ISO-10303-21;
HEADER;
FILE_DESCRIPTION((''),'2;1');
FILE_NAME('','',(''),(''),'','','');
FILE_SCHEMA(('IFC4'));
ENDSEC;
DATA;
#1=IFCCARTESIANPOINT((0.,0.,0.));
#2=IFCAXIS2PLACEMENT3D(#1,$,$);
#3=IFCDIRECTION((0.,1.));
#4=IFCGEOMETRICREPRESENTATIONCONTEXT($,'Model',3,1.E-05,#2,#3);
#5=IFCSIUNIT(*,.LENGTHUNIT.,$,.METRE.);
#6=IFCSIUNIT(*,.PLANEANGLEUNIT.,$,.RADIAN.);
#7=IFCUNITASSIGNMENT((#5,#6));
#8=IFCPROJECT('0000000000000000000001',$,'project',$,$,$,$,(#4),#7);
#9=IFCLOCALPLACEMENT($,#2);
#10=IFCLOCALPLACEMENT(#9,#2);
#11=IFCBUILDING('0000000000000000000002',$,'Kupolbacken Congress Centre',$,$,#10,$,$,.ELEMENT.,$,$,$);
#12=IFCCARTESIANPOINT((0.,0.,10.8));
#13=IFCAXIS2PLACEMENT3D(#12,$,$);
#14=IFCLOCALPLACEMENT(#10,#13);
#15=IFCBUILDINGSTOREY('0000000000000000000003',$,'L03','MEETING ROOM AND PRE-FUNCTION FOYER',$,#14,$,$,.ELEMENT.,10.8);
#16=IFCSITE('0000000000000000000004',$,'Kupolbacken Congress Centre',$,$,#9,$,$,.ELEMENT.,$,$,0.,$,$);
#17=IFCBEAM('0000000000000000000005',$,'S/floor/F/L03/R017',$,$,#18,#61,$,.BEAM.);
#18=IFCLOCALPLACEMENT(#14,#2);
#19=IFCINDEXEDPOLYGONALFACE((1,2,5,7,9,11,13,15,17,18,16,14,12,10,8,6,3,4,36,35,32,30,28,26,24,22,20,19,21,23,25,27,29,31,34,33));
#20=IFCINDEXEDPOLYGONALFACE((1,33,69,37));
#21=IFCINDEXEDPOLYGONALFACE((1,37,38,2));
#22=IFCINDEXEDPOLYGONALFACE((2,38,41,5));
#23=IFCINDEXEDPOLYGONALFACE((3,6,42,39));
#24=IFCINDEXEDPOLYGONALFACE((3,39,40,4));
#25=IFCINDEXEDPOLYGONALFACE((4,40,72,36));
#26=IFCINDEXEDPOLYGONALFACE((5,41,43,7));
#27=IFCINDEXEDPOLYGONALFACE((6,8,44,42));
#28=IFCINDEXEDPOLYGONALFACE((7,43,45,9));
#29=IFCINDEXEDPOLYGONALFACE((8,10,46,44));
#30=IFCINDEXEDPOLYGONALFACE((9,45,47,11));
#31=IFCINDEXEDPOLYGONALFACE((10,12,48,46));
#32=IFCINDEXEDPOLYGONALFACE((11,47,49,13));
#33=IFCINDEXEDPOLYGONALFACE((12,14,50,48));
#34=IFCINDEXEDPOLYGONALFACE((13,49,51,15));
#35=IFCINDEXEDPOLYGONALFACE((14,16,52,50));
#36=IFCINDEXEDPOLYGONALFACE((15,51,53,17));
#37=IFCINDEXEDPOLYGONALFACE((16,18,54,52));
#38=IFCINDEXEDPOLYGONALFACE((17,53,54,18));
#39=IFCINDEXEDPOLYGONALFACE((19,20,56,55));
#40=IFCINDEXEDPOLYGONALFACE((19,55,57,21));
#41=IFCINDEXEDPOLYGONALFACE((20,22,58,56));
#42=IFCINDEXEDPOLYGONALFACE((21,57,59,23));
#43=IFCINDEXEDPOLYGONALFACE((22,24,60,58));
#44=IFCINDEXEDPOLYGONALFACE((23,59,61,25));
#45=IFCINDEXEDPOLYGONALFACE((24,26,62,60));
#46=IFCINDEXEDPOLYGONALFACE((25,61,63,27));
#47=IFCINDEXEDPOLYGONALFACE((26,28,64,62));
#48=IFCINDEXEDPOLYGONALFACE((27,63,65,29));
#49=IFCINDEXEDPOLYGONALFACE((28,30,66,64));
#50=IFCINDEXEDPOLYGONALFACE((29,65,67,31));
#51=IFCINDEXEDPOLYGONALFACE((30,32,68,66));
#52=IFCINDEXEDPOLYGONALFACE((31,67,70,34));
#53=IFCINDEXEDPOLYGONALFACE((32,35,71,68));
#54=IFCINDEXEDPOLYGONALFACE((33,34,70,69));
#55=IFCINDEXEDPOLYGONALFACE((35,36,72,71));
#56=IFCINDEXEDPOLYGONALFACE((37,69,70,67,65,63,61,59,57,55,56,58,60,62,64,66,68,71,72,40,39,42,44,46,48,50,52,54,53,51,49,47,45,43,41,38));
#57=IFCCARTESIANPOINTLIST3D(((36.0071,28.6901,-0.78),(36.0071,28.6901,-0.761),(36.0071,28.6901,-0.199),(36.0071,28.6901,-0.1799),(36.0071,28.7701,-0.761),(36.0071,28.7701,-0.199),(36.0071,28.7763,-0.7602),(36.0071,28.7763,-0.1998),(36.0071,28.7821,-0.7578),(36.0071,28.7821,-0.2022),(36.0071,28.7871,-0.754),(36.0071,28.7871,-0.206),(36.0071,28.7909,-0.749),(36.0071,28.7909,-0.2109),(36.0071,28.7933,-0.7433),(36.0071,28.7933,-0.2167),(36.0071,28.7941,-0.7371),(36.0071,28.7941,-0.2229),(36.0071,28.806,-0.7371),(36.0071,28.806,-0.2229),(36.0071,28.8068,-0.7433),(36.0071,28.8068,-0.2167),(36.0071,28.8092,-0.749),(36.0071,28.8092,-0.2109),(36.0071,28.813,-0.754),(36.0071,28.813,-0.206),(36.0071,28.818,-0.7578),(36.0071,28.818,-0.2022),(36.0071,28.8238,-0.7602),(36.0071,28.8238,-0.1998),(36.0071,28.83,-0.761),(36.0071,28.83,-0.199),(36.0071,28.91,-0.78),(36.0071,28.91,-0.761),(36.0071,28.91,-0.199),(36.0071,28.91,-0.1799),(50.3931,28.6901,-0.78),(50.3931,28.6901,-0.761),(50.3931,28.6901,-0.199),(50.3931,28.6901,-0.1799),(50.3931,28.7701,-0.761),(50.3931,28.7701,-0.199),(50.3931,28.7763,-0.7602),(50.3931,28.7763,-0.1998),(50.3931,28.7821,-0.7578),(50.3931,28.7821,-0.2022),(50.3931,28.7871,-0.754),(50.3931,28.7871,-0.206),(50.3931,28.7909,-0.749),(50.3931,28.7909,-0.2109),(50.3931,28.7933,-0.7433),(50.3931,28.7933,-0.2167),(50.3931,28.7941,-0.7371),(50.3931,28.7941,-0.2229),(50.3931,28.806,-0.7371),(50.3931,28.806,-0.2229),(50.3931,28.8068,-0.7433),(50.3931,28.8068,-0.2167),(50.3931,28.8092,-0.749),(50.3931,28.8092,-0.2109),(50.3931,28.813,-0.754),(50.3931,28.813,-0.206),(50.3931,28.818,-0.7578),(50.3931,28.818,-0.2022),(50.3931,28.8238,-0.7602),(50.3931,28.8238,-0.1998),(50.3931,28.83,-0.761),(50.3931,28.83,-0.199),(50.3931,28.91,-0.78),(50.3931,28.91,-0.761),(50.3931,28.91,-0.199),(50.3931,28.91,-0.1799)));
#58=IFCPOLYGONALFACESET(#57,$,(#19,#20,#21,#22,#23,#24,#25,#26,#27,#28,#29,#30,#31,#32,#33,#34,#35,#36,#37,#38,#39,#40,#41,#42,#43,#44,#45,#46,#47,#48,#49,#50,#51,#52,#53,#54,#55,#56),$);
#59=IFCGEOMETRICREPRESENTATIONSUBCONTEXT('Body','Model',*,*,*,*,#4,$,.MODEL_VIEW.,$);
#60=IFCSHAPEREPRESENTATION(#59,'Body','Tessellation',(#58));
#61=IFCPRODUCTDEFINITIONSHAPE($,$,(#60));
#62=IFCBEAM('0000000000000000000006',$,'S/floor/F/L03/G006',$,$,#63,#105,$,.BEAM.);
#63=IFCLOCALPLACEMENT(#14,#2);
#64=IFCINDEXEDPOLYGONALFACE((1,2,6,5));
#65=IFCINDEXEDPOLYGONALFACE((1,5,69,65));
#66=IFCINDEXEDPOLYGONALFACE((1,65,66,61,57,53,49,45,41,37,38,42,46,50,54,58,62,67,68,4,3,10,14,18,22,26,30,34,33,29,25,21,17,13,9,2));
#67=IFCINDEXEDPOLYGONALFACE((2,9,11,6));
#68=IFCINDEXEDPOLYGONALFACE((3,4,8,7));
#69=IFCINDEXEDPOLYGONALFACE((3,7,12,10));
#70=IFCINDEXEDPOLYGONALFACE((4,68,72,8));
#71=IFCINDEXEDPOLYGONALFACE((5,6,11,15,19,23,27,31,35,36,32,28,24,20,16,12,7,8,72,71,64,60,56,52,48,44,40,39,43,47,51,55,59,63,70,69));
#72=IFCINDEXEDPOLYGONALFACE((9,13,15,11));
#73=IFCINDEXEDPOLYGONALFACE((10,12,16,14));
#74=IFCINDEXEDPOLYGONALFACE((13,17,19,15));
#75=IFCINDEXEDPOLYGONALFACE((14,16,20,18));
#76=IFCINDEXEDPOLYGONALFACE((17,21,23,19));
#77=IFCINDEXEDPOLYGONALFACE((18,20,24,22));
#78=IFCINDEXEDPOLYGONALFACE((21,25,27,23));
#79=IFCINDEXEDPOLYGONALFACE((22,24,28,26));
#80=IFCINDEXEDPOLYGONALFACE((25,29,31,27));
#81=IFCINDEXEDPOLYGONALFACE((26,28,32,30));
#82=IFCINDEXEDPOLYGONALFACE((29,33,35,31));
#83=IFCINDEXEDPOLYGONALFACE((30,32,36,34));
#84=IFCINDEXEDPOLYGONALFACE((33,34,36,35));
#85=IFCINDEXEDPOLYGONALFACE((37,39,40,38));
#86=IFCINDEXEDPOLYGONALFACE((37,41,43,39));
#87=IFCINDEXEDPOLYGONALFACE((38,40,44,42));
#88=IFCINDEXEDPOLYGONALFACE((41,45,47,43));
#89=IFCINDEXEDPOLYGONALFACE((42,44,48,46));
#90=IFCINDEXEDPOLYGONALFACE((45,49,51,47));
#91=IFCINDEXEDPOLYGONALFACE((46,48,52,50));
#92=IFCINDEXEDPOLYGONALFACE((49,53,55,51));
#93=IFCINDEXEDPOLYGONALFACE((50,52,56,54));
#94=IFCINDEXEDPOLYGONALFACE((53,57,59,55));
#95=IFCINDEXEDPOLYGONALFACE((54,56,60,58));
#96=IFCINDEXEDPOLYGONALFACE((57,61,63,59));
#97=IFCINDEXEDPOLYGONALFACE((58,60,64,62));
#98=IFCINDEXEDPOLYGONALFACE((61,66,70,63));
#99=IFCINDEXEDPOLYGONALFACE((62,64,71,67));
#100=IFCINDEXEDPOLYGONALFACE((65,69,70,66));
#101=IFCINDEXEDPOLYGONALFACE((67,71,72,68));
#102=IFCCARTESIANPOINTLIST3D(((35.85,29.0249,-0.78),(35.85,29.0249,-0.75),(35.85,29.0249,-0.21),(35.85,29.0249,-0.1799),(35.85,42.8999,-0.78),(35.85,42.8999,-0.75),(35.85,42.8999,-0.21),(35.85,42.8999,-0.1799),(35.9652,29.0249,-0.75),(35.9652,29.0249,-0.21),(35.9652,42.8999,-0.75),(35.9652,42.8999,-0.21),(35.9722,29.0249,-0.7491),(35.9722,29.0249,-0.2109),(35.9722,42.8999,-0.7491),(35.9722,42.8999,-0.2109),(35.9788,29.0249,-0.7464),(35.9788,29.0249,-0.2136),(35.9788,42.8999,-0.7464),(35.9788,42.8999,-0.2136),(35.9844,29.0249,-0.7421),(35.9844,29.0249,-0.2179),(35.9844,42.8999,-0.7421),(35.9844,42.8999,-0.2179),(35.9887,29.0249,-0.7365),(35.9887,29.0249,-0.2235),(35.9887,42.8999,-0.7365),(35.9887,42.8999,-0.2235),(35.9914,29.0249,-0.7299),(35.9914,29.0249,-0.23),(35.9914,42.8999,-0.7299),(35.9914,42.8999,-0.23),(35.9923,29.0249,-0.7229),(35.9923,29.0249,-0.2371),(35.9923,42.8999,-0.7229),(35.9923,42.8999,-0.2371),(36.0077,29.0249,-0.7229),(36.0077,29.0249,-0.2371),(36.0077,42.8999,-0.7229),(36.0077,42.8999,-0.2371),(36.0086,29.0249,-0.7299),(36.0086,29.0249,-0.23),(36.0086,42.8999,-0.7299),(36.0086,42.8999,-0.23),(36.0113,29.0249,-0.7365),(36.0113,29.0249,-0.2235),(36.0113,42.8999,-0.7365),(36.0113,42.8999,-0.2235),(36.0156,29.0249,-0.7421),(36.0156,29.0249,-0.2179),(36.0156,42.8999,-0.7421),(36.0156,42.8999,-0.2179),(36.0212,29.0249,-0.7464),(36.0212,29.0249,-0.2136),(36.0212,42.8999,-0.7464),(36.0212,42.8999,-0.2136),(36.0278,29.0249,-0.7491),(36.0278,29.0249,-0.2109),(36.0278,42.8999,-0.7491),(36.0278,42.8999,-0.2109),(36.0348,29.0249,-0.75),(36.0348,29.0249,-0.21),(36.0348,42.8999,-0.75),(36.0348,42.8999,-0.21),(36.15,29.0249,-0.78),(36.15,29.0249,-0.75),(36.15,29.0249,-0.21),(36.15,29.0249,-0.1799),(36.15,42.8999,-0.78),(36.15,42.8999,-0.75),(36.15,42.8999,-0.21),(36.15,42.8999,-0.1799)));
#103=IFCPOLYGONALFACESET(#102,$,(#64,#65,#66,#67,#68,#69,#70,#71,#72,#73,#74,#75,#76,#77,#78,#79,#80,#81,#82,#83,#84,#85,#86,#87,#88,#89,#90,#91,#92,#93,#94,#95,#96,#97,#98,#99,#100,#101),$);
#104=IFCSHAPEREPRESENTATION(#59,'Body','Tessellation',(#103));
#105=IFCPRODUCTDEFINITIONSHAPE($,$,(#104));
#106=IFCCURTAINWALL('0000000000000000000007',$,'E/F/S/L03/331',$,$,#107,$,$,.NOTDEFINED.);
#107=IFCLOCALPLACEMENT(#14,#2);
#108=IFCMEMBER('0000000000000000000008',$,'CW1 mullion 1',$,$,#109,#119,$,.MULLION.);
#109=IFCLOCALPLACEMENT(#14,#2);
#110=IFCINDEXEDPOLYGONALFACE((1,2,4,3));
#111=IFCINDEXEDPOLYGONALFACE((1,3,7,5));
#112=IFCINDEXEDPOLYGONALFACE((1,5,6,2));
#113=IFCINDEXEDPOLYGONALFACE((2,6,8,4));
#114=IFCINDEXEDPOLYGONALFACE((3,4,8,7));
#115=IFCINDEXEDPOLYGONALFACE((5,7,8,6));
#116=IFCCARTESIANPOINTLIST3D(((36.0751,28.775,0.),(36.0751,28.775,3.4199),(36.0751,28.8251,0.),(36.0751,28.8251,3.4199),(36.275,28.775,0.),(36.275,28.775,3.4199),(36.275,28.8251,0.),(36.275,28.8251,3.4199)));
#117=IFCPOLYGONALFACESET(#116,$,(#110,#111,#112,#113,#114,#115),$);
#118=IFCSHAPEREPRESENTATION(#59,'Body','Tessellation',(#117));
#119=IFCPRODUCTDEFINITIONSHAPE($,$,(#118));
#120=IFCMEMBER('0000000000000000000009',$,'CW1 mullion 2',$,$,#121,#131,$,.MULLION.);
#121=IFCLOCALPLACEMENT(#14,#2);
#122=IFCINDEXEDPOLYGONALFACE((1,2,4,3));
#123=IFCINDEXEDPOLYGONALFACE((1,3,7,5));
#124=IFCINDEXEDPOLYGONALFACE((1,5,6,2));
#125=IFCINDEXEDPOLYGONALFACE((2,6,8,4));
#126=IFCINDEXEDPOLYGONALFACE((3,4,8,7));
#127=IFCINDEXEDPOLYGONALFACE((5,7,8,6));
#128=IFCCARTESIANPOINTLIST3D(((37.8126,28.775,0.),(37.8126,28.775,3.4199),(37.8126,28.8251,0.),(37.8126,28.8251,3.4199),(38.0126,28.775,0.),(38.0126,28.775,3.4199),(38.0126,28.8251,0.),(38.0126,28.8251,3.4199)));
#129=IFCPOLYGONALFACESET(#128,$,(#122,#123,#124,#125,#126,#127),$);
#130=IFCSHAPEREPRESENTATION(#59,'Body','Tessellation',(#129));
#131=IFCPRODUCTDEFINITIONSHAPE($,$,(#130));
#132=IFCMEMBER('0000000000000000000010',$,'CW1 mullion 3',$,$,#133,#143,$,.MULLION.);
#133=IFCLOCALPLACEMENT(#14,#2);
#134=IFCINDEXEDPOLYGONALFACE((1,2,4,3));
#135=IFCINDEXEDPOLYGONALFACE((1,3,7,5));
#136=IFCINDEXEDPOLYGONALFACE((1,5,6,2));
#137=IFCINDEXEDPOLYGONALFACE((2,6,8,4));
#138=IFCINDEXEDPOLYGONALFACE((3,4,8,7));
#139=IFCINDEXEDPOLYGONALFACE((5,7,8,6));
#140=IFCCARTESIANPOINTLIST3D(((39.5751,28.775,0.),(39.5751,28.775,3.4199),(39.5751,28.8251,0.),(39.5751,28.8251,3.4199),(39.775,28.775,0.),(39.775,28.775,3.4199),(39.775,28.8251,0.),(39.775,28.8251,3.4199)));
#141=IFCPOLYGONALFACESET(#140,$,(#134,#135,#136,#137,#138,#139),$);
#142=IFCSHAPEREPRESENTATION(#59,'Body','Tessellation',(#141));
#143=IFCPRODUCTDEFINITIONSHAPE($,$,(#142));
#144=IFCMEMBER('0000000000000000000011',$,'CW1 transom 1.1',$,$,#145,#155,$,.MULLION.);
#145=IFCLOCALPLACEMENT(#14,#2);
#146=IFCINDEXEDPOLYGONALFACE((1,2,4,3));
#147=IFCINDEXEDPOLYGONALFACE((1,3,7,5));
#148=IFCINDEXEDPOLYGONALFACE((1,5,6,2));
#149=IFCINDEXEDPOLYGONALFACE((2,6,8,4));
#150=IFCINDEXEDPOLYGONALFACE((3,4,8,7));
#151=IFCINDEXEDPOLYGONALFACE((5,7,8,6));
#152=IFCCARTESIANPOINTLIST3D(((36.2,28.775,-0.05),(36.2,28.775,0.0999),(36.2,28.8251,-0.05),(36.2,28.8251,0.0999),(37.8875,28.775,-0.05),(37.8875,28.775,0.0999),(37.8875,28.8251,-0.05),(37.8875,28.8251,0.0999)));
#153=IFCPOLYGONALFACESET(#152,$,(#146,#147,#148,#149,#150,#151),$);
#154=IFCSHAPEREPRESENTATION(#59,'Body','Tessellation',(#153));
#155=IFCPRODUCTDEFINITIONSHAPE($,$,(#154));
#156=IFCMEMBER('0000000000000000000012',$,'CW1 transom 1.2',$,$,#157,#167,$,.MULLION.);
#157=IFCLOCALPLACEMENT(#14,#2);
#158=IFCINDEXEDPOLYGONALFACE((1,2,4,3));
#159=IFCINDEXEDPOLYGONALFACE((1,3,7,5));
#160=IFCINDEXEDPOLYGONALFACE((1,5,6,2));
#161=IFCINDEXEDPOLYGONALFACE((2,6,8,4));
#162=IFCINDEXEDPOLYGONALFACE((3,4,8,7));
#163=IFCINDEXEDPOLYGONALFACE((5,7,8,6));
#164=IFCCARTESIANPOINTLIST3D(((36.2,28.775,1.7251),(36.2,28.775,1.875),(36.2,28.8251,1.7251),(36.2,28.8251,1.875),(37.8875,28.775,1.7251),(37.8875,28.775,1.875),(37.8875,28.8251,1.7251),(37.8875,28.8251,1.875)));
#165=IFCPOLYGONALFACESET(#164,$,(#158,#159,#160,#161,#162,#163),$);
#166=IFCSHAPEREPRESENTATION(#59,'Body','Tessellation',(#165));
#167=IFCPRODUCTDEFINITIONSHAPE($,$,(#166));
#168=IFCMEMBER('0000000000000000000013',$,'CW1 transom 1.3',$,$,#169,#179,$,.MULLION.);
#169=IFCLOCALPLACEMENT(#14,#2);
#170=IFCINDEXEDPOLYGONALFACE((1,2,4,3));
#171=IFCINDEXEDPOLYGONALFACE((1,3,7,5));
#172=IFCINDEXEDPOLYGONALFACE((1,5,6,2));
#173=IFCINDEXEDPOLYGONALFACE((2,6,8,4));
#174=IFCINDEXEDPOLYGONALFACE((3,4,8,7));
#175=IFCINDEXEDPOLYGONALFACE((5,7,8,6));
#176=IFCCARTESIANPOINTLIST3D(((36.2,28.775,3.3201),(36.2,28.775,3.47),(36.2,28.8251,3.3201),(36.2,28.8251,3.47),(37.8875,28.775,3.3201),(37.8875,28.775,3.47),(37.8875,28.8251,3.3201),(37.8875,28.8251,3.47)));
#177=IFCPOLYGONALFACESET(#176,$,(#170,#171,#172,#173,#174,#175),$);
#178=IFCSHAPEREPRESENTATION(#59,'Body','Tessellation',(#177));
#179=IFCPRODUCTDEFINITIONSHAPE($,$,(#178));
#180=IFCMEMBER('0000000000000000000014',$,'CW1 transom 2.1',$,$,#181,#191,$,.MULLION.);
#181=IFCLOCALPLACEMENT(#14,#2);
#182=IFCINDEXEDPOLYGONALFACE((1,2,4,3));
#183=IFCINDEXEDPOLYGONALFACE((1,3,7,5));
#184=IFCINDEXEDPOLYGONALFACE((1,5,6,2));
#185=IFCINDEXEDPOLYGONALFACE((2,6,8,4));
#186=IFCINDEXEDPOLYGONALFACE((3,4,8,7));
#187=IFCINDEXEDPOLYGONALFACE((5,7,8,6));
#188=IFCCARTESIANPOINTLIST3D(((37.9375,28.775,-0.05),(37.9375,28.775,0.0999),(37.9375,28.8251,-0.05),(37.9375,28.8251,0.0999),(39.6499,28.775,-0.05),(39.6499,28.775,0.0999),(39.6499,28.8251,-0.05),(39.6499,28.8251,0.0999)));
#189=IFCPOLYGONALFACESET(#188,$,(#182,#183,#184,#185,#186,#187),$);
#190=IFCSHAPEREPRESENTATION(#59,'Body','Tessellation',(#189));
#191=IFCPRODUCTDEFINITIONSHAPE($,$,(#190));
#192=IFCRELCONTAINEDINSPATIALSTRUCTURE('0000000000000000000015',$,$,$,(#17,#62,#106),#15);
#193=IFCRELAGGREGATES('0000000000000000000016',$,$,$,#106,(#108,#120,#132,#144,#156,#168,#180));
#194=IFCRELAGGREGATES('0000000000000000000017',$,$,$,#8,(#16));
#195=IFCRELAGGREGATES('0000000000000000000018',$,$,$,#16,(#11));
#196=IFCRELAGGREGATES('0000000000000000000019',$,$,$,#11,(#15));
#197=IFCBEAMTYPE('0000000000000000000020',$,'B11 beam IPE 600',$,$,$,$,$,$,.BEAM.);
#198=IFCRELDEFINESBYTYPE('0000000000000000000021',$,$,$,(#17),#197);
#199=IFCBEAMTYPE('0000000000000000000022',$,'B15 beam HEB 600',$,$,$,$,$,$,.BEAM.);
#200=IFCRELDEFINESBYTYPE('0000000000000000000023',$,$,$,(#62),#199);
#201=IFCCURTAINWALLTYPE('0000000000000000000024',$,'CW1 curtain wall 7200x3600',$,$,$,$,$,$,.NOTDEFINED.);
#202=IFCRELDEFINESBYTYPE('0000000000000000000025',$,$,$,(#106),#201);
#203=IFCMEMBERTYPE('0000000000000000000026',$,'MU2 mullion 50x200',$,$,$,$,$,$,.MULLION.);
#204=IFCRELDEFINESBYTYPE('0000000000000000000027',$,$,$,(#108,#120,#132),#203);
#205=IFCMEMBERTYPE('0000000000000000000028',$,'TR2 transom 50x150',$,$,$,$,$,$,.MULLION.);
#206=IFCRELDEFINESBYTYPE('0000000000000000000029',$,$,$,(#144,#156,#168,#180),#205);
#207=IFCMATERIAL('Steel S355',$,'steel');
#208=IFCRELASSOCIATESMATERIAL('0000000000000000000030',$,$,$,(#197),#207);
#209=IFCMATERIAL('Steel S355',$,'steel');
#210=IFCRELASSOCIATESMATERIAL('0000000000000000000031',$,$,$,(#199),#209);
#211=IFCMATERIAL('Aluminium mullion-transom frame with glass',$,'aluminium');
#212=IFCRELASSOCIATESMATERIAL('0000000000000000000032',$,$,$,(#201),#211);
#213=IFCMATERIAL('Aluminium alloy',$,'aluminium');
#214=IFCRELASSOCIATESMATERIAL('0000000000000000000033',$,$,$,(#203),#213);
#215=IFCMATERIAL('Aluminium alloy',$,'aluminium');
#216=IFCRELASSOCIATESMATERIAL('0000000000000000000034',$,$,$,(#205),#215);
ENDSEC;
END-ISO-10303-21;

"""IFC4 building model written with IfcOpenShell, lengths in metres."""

from ifc_helpers import new_model, si_unit, direction, frame, origin, origin_2d, place, context, subcontext, project, spatial, rectangle, i_section, extrude, material, material_profile, profile_set, type_object, element, aggregate, save


model = new_model("IFC4")

# Units and contexts
model_context = context("Model", 3, precision=1e-05, world=origin(), true_north=direction((0.0, 1.0)))
body_context = subcontext(model_context, "Body", "Model", "MODEL_VIEW")
ifc_project = project(units=[si_unit("LENGTHUNIT", "METRE"), si_unit("PLANEANGLEUNIT", "RADIAN")], contexts=[model_context])

# Site, building, storey
site_placement = place(None, origin())
site = spatial("IfcSite", under=ifc_project, at=site_placement, Name="Kupolbacken Congress Centre", CompositionType="ELEMENT", RefElevation=0.0)
building_placement = place(site_placement, origin())
building = spatial("IfcBuilding", under=site, at=building_placement, Name="Kupolbacken Congress Centre", CompositionType="ELEMENT")
storey_placement = place(building_placement, frame((0.0, 0.0, 10.8)))
storey = spatial("IfcBuildingStorey", under=building, at=storey_placement, Name="L03", Description="MEETING ROOM AND PRE-FUNCTION FOYER", CompositionType="ELEMENT", Elevation=10.8)

# Beams
ifc_material_1 = material(Name="Steel S355", Category="steel")
ifc_material_profile_1 = material_profile(ifc_material_1, i_section(OverallWidth=0.22, OverallDepth=0.6001, WebThickness=0.012, FlangeThickness=0.019, FilletRadius=0.0239, at=origin_2d()), Name="IPE 600")
ifc_profile_set_1 = profile_set([ifc_material_profile_1], Name="Steel S355")
beam_type_1 = type_object("IfcBeamType", Name="B11 beam IPE 600", PredefinedType="BEAM", material=ifc_profile_set_1)
beam_1_placement = place(storey_placement, frame((36.0071, 28.8, -0.48), z_axis=(1.0, 0.0, 0.0), x_axis=(0.0, 1.0, 0.0)))
element("IfcBeam", 1, at=beam_1_placement, inside=storey, type_object=beam_type_1, Name="S/floor/F/L03/R017", PredefinedType="BEAM", context=body_context, shape_type="SweptSolid", body=[
    extrude(i_section(OverallWidth=0.22, OverallDepth=0.6001, WebThickness=0.012, FlangeThickness=0.019, FilletRadius=0.0239, at=origin_2d()), origin(), (0.0, 0.0, 1.0), 14.386),
])
ifc_material_2 = material(Name="Steel S355", Category="steel")
ifc_material_profile_2 = material_profile(ifc_material_2, i_section(OverallWidth=0.3, OverallDepth=0.6001, WebThickness=0.0154, FlangeThickness=0.03, FilletRadius=0.0271, at=origin_2d()), Name="HEB 600")
ifc_profile_set_2 = profile_set([ifc_material_profile_2], Name="Steel S355")
beam_type_2 = type_object("IfcBeamType", Name="B15 beam HEB 600", PredefinedType="BEAM", material=ifc_profile_set_2)
beam_2_placement = place(storey_placement, frame((36.0, 29.0249, -0.48), z_axis=(0.0, 1.0, 0.0), x_axis=(-1.0, 0.0, 0.0)))
element("IfcBeam", 2, at=beam_2_placement, inside=storey, type_object=beam_type_2, Name="S/floor/F/L03/G006", PredefinedType="BEAM", context=body_context, shape_type="SweptSolid", body=[
    extrude(i_section(OverallWidth=0.3, OverallDepth=0.6001, WebThickness=0.0154, FlangeThickness=0.03, FilletRadius=0.0271, at=origin_2d()), origin(), (0.0, 0.0, 1.0), 13.875),
])

# Curtain wall, members
ifc_material_3 = material(Name="Aluminium mullion-transom frame with glass", Category="aluminium")
curtain_wall_type = type_object("IfcCurtainWallType", Name="CW1 curtain wall 7200x3600", PredefinedType="NOTDEFINED", material=ifc_material_3)
curtain_wall_placement = place(storey_placement, origin())
curtain_wall = element("IfcCurtainWall", 3, at=curtain_wall_placement, inside=storey, type_object=curtain_wall_type, Name="E/F/S/L03/331", PredefinedType="NOTDEFINED")
ifc_material_4 = material(Name="Aluminium alloy", Category="aluminium")
ifc_material_profile_3 = material_profile(ifc_material_4, rectangle(XDim=0.05, YDim=0.2, at=origin_2d()), Name="50 x 200")
ifc_profile_set_3 = profile_set([ifc_material_profile_3], Name="Aluminium alloy")
member_type_1 = type_object("IfcMemberType", Name="MU2 mullion 50x200", PredefinedType="MULLION", material=ifc_profile_set_3)
member_1_placement = place(storey_placement, frame((36.175, 28.8, 0.0), z_axis=(0.0, 0.0, 1.0), x_axis=(0.0, 1.0, 0.0)))
member_1 = element("IfcMember", 4, at=member_1_placement, type_object=member_type_1, Name="CW1 mullion 1", PredefinedType="MULLION", context=body_context, shape_type="SweptSolid", body=[
    extrude(rectangle(XDim=0.05, YDim=0.2, at=origin_2d()), origin(), (0.0, 0.0, 1.0), 3.4199),
])
member_2_placement = place(storey_placement, frame((37.9126, 28.8, 0.0), z_axis=(0.0, 0.0, 1.0), x_axis=(0.0, 1.0, 0.0)))
member_2 = element("IfcMember", 5, at=member_2_placement, type_object=member_type_1, Name="CW1 mullion 2", PredefinedType="MULLION", context=body_context, shape_type="SweptSolid", body=[
    extrude(rectangle(XDim=0.05, YDim=0.2, at=origin_2d()), origin(), (0.0, 0.0, 1.0), 3.4199),
])
member_3_placement = place(storey_placement, frame((39.675, 28.8, 0.0), z_axis=(0.0, 0.0, 1.0), x_axis=(0.0, 1.0, 0.0)))
member_3 = element("IfcMember", 6, at=member_3_placement, type_object=member_type_1, Name="CW1 mullion 3", PredefinedType="MULLION", context=body_context, shape_type="SweptSolid", body=[
    extrude(rectangle(XDim=0.05, YDim=0.2, at=origin_2d()), origin(), (0.0, 0.0, 1.0), 3.4199),
])
ifc_material_5 = material(Name="Aluminium alloy", Category="aluminium")
ifc_material_profile_4 = material_profile(ifc_material_5, rectangle(XDim=0.05, YDim=0.1499, at=origin_2d()), Name="50 x 150")
ifc_profile_set_4 = profile_set([ifc_material_profile_4], Name="Aluminium alloy")
member_type_2 = type_object("IfcMemberType", Name="TR2 transom 50x150", PredefinedType="MULLION", material=ifc_profile_set_4)
member_4_placement = place(storey_placement, frame((36.2, 28.8, 0.0249), z_axis=(1.0, 0.0, 0.0), x_axis=(0.0, 1.0, 0.0)))
member_4 = element("IfcMember", 7, at=member_4_placement, type_object=member_type_2, Name="CW1 transom 1.1", PredefinedType="MULLION", context=body_context, shape_type="SweptSolid", body=[
    extrude(rectangle(XDim=0.05, YDim=0.1499, at=origin_2d()), origin(), (0.0, 0.0, 1.0), 1.6875),
])
member_5_placement = place(storey_placement, frame((36.2, 28.8, 1.8), z_axis=(1.0, 0.0, 0.0), x_axis=(0.0, 1.0, 0.0)))
member_5 = element("IfcMember", 8, at=member_5_placement, type_object=member_type_2, Name="CW1 transom 1.2", PredefinedType="MULLION", context=body_context, shape_type="SweptSolid", body=[
    extrude(rectangle(XDim=0.05, YDim=0.1499, at=origin_2d()), origin(), (0.0, 0.0, 1.0), 1.6875),
])
member_6_placement = place(storey_placement, frame((36.2, 28.8, 3.395), z_axis=(1.0, 0.0, 0.0), x_axis=(0.0, 1.0, 0.0)))
member_6 = element("IfcMember", 9, at=member_6_placement, type_object=member_type_2, Name="CW1 transom 1.3", PredefinedType="MULLION", context=body_context, shape_type="SweptSolid", body=[
    extrude(rectangle(XDim=0.05, YDim=0.1499, at=origin_2d()), origin(), (0.0, 0.0, 1.0), 1.6875),
])
member_7_placement = place(storey_placement, frame((37.9375, 28.8, 0.0249), z_axis=(1.0, 0.0, 0.0), x_axis=(0.0, 1.0, 0.0)))
member_7 = element("IfcMember", 10, at=member_7_placement, type_object=member_type_2, Name="CW1 transom 2.1", PredefinedType="MULLION", context=body_context, shape_type="SweptSolid", body=[
    extrude(rectangle(XDim=0.05, YDim=0.1499, at=origin_2d()), origin(), (0.0, 0.0, 1.0), 1.7124),
])
aggregate(curtain_wall, [member_1, member_2, member_3, member_4, member_5, member_6, member_7])

save(model, "model.ifc")
